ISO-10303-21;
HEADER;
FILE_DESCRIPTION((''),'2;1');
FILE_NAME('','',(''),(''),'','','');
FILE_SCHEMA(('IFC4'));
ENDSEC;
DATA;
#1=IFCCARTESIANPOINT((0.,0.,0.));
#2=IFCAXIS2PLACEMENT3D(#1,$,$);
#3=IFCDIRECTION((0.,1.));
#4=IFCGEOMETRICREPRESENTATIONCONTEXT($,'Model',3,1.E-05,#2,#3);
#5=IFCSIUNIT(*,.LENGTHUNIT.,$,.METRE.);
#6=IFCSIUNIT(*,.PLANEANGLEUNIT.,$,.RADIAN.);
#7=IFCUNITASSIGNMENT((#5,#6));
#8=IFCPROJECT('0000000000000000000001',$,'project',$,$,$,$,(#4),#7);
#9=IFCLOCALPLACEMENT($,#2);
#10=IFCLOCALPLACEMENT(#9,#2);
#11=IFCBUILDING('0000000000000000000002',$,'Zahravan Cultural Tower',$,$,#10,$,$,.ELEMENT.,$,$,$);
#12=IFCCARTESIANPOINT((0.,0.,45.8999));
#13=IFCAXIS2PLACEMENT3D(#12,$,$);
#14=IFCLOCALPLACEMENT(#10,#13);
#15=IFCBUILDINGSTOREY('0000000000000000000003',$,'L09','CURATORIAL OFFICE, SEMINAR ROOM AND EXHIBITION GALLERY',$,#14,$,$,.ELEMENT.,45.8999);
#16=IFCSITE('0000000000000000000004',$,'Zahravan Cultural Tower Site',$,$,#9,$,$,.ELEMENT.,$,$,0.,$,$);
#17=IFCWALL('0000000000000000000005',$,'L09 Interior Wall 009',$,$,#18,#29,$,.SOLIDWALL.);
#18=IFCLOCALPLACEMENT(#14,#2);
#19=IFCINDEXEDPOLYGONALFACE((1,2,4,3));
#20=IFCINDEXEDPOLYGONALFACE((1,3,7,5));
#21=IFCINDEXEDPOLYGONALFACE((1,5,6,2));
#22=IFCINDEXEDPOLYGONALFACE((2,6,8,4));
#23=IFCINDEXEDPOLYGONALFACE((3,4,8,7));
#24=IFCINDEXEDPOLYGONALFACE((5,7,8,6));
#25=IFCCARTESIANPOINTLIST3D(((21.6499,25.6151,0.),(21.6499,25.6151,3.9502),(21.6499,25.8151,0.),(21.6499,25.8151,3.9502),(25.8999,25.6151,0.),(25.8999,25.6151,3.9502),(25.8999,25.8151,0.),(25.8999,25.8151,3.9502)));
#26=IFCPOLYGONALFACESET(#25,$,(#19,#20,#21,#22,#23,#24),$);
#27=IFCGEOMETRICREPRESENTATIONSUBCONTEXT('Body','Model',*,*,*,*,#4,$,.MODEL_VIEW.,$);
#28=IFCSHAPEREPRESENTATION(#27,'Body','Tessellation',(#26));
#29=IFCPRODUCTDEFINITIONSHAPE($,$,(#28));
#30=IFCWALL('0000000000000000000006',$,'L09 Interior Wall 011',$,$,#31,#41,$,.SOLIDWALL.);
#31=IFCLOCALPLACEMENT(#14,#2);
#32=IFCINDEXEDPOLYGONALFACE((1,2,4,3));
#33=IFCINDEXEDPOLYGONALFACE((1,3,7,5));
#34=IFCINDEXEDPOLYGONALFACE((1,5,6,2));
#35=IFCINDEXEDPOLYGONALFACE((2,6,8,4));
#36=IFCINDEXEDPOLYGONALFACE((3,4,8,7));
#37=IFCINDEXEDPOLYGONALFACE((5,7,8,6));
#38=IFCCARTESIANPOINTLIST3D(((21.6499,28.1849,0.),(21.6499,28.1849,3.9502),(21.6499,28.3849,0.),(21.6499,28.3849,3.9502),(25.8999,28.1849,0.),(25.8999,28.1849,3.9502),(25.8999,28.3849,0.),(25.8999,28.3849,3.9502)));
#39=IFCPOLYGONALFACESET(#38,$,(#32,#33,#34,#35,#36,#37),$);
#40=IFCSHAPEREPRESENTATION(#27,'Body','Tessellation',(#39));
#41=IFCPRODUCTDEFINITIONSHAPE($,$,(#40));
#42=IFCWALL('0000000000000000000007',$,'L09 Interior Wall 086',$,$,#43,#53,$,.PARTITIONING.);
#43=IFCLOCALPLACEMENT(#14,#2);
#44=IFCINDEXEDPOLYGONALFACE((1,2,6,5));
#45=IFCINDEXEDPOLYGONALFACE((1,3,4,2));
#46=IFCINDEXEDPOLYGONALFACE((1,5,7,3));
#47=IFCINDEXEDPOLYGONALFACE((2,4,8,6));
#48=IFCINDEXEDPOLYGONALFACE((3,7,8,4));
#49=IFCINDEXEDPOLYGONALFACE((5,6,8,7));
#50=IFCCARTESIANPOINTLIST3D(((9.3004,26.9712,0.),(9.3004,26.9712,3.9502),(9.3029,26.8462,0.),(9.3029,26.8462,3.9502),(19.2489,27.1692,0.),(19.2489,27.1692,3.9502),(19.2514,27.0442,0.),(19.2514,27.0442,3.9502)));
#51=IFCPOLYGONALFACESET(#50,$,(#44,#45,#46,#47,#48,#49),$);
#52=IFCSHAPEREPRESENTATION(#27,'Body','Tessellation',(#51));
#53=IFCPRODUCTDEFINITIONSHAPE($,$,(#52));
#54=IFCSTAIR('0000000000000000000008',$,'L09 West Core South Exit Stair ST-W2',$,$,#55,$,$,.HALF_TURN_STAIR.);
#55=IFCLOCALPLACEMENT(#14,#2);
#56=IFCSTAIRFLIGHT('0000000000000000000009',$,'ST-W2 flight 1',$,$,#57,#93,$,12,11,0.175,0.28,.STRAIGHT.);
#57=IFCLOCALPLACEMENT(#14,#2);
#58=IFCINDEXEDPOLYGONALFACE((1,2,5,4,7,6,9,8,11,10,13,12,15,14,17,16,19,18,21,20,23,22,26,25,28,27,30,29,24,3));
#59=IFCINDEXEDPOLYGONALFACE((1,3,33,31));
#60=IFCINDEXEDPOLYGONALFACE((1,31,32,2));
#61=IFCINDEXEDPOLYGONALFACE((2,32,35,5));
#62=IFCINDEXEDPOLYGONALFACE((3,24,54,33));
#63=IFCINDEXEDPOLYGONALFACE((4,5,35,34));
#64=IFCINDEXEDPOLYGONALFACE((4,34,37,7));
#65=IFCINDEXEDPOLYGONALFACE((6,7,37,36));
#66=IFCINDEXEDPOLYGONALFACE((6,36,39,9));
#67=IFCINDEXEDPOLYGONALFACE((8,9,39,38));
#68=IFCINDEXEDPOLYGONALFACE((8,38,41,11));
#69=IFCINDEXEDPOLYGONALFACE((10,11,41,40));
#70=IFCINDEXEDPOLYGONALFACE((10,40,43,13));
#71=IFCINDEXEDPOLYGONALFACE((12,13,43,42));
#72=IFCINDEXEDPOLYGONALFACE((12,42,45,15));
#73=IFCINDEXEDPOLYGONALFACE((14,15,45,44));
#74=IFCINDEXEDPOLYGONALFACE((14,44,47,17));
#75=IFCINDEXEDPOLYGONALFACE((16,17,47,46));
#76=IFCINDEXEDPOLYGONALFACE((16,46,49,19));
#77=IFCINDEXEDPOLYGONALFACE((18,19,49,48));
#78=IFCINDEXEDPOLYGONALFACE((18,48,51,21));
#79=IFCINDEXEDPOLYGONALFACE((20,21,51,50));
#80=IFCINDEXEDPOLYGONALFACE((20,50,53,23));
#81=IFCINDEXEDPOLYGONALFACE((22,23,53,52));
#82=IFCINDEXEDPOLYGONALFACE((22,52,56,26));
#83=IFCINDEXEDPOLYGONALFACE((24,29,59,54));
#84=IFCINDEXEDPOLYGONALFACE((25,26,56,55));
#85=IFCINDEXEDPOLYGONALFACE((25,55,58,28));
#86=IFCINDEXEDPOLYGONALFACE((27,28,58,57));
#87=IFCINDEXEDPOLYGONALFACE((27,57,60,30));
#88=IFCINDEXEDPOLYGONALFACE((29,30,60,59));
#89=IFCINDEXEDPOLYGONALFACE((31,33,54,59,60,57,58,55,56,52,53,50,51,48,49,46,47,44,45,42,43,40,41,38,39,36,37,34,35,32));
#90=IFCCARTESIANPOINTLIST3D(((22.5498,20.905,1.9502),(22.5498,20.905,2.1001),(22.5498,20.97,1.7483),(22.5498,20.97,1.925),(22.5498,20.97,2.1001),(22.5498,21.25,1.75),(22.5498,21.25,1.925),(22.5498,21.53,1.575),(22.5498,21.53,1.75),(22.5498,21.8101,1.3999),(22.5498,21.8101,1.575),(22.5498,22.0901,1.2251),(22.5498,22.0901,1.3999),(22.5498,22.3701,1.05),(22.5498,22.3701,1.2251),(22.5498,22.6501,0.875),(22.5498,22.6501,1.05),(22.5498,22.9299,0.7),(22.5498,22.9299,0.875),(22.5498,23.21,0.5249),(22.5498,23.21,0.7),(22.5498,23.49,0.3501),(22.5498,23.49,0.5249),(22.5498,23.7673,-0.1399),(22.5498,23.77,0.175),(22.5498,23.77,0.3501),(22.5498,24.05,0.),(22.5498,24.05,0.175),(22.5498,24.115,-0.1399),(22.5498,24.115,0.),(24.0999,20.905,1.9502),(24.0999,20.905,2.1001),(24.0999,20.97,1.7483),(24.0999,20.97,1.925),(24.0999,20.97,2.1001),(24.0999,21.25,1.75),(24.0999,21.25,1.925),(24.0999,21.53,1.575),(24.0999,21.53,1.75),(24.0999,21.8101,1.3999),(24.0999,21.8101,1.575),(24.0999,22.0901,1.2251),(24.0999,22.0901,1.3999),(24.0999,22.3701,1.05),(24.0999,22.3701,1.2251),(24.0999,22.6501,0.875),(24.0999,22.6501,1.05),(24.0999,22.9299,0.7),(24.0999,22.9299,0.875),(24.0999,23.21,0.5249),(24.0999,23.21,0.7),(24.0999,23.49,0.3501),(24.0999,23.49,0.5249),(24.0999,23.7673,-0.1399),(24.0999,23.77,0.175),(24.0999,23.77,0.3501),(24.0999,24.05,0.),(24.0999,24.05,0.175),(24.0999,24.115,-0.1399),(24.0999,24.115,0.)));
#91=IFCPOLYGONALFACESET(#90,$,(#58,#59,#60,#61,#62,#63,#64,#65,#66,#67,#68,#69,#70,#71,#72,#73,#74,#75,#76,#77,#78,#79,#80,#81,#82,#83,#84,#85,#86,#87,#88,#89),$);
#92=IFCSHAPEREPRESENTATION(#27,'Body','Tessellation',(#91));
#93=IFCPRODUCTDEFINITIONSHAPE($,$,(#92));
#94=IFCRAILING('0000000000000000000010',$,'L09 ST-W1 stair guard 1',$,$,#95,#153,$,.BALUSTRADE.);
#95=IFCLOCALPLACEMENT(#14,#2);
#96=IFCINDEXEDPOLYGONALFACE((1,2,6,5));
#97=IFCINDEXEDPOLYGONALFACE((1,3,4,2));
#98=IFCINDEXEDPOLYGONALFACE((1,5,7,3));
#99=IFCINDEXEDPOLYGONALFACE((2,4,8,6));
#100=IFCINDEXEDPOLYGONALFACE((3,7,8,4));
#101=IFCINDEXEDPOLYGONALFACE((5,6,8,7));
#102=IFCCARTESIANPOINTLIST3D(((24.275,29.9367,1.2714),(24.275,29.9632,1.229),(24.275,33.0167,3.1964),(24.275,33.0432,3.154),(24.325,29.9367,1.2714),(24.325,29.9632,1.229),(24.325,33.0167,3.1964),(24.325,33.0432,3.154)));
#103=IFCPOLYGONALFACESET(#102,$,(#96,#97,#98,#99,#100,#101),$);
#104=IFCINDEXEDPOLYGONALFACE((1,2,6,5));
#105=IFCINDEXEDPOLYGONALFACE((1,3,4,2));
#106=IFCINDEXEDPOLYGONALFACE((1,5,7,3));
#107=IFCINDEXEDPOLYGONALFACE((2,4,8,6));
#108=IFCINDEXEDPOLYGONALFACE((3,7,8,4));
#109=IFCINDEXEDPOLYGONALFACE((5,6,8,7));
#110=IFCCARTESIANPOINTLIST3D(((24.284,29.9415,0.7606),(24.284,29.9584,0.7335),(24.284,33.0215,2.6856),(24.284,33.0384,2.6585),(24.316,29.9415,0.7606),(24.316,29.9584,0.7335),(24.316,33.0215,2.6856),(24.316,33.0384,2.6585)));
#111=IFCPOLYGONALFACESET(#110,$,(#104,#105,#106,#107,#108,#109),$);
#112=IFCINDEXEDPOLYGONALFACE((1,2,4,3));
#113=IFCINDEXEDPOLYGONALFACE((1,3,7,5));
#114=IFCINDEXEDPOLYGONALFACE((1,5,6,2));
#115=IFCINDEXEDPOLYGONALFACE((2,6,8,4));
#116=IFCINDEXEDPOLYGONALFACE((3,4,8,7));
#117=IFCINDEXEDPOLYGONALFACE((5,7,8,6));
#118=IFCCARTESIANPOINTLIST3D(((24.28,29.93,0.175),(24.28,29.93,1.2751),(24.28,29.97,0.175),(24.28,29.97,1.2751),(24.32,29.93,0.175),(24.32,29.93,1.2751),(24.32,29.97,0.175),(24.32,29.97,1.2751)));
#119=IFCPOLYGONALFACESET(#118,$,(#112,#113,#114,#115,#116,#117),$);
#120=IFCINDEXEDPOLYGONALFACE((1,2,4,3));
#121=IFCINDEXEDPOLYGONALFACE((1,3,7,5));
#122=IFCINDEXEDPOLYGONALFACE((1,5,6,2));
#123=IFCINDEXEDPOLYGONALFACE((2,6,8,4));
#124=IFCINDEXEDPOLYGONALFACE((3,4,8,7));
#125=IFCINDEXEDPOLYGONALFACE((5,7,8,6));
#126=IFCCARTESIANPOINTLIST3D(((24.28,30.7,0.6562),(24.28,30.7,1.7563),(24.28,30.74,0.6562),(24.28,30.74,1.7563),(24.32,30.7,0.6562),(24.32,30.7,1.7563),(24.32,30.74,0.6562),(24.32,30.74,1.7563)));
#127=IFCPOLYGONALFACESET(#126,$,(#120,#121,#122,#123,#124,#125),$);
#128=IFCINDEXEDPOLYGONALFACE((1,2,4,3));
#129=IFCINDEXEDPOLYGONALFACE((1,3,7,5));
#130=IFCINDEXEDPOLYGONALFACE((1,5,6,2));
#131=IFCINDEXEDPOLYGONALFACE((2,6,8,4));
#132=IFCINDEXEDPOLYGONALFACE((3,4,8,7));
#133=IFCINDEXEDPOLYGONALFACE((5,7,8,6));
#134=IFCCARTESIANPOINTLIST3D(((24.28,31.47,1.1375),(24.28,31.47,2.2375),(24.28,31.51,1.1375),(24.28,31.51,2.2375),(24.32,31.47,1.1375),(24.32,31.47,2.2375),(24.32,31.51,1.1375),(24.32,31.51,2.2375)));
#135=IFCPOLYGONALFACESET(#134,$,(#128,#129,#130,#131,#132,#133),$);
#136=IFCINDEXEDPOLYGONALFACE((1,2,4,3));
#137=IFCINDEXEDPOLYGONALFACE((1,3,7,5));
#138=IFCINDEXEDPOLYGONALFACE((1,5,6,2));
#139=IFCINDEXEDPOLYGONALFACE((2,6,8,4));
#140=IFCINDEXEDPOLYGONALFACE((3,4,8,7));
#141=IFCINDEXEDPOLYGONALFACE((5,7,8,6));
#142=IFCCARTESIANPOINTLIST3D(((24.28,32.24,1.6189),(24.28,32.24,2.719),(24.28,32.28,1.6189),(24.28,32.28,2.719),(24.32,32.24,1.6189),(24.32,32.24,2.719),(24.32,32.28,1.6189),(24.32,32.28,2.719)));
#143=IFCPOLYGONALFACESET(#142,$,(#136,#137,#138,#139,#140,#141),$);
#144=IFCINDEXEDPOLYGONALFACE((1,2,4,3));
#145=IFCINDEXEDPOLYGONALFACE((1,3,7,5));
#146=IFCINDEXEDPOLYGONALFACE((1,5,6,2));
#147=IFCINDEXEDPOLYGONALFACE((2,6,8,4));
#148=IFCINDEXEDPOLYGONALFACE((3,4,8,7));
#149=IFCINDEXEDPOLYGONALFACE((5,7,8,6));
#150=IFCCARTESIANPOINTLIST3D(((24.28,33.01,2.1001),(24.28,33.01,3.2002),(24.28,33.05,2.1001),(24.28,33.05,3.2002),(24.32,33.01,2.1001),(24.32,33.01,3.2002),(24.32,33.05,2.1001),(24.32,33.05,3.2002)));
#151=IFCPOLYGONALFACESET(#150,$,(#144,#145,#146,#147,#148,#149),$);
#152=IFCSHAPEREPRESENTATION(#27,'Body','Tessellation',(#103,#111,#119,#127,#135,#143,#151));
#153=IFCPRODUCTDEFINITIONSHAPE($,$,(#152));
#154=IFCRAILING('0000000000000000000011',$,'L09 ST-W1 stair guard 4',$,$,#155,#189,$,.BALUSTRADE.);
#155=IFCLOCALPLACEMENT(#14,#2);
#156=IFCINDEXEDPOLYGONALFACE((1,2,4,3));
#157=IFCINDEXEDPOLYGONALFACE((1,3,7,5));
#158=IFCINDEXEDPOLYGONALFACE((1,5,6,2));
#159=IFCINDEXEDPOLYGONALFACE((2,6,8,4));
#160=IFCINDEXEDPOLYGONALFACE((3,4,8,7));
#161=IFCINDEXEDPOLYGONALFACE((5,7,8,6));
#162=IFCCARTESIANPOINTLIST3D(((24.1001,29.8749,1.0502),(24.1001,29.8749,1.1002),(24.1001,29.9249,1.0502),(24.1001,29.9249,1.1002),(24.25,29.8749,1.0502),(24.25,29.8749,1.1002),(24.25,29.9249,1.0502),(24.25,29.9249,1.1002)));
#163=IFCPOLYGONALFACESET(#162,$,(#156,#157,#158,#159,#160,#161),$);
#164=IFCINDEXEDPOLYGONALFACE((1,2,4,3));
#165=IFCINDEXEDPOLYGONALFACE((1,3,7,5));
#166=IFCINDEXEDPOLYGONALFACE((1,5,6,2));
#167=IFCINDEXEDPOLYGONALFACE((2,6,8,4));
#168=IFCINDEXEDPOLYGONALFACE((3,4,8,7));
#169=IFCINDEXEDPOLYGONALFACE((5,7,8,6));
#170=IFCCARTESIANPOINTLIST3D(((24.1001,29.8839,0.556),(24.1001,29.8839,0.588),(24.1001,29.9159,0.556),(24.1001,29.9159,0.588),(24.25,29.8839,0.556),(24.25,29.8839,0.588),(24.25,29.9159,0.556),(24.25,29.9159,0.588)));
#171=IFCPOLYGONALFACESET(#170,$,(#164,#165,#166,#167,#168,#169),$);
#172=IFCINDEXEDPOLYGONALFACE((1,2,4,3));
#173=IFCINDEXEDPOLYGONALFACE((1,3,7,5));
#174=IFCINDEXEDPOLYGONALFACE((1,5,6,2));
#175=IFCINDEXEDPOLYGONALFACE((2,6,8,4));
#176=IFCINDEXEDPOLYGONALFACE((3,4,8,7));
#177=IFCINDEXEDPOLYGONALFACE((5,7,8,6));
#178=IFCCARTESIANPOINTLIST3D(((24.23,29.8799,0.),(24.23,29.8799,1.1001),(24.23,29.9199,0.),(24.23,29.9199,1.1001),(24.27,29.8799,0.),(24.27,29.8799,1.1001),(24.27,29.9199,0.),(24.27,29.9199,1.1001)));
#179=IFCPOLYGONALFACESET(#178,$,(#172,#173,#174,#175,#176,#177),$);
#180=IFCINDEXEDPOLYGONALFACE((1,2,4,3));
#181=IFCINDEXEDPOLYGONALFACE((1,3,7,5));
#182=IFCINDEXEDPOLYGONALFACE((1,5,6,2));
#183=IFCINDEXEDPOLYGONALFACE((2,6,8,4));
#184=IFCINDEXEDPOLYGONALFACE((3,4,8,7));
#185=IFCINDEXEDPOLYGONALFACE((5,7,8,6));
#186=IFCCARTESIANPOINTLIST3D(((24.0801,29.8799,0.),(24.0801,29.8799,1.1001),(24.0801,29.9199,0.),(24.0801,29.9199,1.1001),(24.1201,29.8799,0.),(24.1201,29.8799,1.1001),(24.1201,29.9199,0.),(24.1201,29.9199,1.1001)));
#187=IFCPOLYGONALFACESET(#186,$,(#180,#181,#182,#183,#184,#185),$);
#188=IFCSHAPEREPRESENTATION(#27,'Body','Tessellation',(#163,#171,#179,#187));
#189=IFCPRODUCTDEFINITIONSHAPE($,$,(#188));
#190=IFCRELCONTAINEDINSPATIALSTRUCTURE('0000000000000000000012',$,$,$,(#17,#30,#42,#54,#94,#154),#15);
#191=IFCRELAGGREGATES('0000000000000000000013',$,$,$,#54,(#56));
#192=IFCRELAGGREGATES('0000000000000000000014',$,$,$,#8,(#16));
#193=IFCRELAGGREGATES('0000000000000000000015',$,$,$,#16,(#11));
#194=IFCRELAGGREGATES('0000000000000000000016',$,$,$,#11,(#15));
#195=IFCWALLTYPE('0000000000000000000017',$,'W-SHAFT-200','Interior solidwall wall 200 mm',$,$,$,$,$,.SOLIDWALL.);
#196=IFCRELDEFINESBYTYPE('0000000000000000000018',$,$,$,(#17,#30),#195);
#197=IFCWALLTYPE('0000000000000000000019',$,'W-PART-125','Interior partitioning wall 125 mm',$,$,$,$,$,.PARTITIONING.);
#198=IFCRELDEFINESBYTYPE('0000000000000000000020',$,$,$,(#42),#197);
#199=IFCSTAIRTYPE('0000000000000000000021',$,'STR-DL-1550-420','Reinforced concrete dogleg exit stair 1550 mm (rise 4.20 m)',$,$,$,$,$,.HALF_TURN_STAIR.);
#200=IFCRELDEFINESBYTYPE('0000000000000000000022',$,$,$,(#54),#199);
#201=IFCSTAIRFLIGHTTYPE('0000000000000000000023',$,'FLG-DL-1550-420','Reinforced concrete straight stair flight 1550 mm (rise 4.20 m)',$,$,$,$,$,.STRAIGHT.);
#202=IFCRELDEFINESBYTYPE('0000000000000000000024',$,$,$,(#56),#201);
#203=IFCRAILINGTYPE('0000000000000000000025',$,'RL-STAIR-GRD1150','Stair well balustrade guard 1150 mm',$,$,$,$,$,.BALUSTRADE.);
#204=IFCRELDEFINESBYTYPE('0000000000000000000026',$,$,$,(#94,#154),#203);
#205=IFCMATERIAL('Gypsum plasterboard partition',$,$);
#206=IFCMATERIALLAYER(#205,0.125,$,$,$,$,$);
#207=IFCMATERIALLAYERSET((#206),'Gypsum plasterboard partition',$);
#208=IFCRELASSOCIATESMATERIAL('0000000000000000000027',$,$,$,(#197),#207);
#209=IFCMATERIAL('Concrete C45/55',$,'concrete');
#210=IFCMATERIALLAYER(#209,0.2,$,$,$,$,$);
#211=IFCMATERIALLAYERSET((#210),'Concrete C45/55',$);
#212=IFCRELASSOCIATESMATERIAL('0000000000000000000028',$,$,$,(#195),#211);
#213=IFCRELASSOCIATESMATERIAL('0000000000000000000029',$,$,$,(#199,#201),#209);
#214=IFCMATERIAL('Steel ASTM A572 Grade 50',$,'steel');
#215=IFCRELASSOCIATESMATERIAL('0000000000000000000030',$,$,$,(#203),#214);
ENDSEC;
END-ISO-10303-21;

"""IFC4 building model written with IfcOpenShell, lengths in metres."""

from ifc_helpers import new_model, si_unit, direction, frame, frame_2d, origin, origin_2d, place, context, subcontext, project, spatial, polyline, rectangle, outline, extrude, source, transform, mapped, material, layer, layer_set, type_object, element, aggregate, save


model = new_model("IFC4")

# Units and contexts
model_context = context("Model", 3, precision=1e-05, world=origin(), true_north=direction((0.0, 1.0)))
body_context = subcontext(model_context, "Body", "Model", "MODEL_VIEW")
ifc_project = project(units=[si_unit("LENGTHUNIT", "METRE"), si_unit("PLANEANGLEUNIT", "RADIAN")], contexts=[model_context])

# Site, building, storey
site_placement = place(None, origin())
site = spatial("IfcSite", under=ifc_project, at=site_placement, Name="Zahravan Cultural Tower Site", CompositionType="ELEMENT", RefElevation=0.0)
building_placement = place(site_placement, origin())
building = spatial("IfcBuilding", under=site, at=building_placement, Name="Zahravan Cultural Tower", CompositionType="ELEMENT")
storey_placement = place(building_placement, frame((0.0, 0.0, 45.8999)))
storey = spatial("IfcBuildingStorey", under=building, at=storey_placement, Name="L09", Description="CURATORIAL OFFICE, SEMINAR ROOM AND EXHIBITION GALLERY", CompositionType="ELEMENT", Elevation=45.8999)

# Shared definitions
ifc_material_1 = material(Name="Steel ASTM A572 Grade 50", Category="steel")

# Shared definitions
ifc_material_2 = material(Name="Gypsum plasterboard partition")
ifc_layer_1 = layer(ifc_material_2, 0.125)
ifc_layer_set_1 = layer_set([ifc_layer_1], Name="Gypsum plasterboard partition")
wall_type_1 = type_object("IfcWallType", Name="W-PART-125", Description="Interior partitioning wall 125 mm", PredefinedType="PARTITIONING", material=ifc_layer_set_1)

# Walls
ifc_material_3 = material(Name="Concrete C45/55", Category="concrete")
ifc_layer_2 = layer(ifc_material_3, 0.2)
ifc_layer_set_2 = layer_set([ifc_layer_2], Name="Concrete C45/55")
wall_type_2 = type_object("IfcWallType", Name="W-SHAFT-200", Description="Interior solidwall wall 200 mm", PredefinedType="SOLIDWALL", material=ifc_layer_set_2)
shared_shape_1 = source(origin(), body_context, "Body", "SweptSolid", [
    extrude(rectangle(XDim=4.25, YDim=0.2, at=frame_2d((2.125, 0.0))), origin(), (0.0, 0.0, 1.0), 3.9502),
])
for number, where, z_axis, x_axis, name in (
    (1, (21.6499, 25.7151, 0.0), (0.0, 0.0, 1.0), (1.0, 0.0, 0.0), "L09 Interior Wall 009"),
    (2, (21.6499, 28.2849, 0.0), (0.0, 0.0, 1.0), (1.0, 0.0, 0.0), "L09 Interior Wall 011"),
):
    element("IfcWall", number, at=place(storey_placement, frame(where, z_axis=z_axis, x_axis=x_axis)), inside=storey, type_object=wall_type_2, Name=name, PredefinedType="SOLIDWALL", context=body_context, shape_type="MappedRepresentation", body=[
        mapped(shared_shape_1, transform((0.0, 0.0, 0.0), x_axis=(1.0, 0.0, 0.0), y_axis=(0.0, 1.0, 0.0), z_axis=(0.0, 0.0, 1.0), scale=1.0)),
    ])
shared_shape_2 = source(origin(), body_context, "Body", "SweptSolid", [
    extrude(rectangle(XDim=9.9504, YDim=0.125, at=frame_2d((4.9751, 0.0))), origin(), (0.0, 0.0, 1.0), 3.9502),
])
wall_1_placement = place(storey_placement, frame((19.25, 27.1067, 0.0), z_axis=(0.0, 0.0, 1.0), x_axis=(-0.999802, -0.019898, 0.0)))
element("IfcWall", 3, at=wall_1_placement, inside=storey, type_object=wall_type_1, Name="L09 Interior Wall 086", PredefinedType="PARTITIONING", context=body_context, shape_type="MappedRepresentation", body=[
    mapped(shared_shape_2, transform((0.0, 0.0, 0.0), x_axis=(1.0, 0.0, 0.0), y_axis=(0.0, 1.0, 0.0), z_axis=(0.0, 0.0, 1.0), scale=1.0)),
])

# Stair, stair flight
stair_type = type_object("IfcStairType", Name="STR-DL-1550-420", Description="Reinforced concrete dogleg exit stair 1550 mm (rise 4.20 m)", PredefinedType="HALF_TURN_STAIR", material=ifc_material_3)
stair_placement = place(storey_placement, origin())
stair = element("IfcStair", 4, at=stair_placement, inside=storey, type_object=stair_type, Name="L09 West Core South Exit Stair ST-W2", PredefinedType="HALF_TURN_STAIR")
stair_flight_type = type_object("IfcStairFlightType", Name="FLG-DL-1550-420", Description="Reinforced concrete straight stair flight 1550 mm (rise 4.20 m)", PredefinedType="STRAIGHT", material=ifc_material_3)
stair_flight_placement = place(storey_placement, frame((23.325, 24.05, 0.0), z_axis=(0.0, 0.0, 1.0), x_axis=(0.0, -1.0, 0.0)))
stair_flight = element("IfcStairFlight", 5, at=stair_flight_placement, type_object=stair_flight_type, Name="ST-W2 flight 1", NumberOfRisers=12, NumberOfTreads=11, PredefinedType="STRAIGHT", RiserHeight=0.175, TreadLength=0.28, context=body_context, shape_type="SweptSolid", body=[
    extrude(outline(polyline([(-0.0649, -0.1399), (-0.0649, 0.0), (0.0, 0.0), (0.0, 0.175), (0.28, 0.175), (0.28, 0.3501), (0.5601, 0.3501), (0.5601, 0.5249), (0.8401, 0.5249), (0.8401, 0.7), (1.1201, 0.7), (1.1201, 0.875), (1.3999, 0.875), (1.3999, 1.05), (1.6799, 1.05), (1.6799, 1.2251), (1.96, 1.2251), (1.96, 1.3999), (2.24, 1.3999), (2.24, 1.575), (2.52, 1.575), (2.52, 1.75), (2.8, 1.75), (2.8, 1.925), (3.0801, 1.925), (3.0801, 2.1001), (3.145, 2.1001), (3.145, 1.9502), (3.0801, 1.7483), (0.2827, -0.1399), (-0.0649, -0.1399)])), frame((0.0, 0.7749, 0.0), z_axis=(0.0, -1.0, 0.0), x_axis=(1.0, 0.0, 0.0)), (0.0, 0.0, 1.0), 1.55),
])
aggregate(stair, [stair_flight])

# Railings
railing_type_1 = type_object("IfcRailingType", Name="RL-STAIR-GRD1150", Description="Stair well balustrade guard 1150 mm", PredefinedType="BALUSTRADE", material=ifc_material_1)
railing_1_placement = place(storey_placement, frame((24.3, 29.95, 0.175)))
element("IfcRailing", 6, at=railing_1_placement, inside=storey, type_object=railing_type_1, Name="L09 ST-W1 stair guard 1", PredefinedType="BALUSTRADE", context=body_context, shape_type="SweptSolid", body=[
    extrude(rectangle(XDim=0.05, YDim=0.05, at=origin_2d()), frame((0.0, 0.0, 1.0752), z_axis=(0.0, 0.847998, 0.529999), x_axis=(-1.0, 0.0, 0.0)), (0.0, 0.0, 1.0), 3.6321),
    extrude(rectangle(XDim=0.032, YDim=0.032, at=origin_2d()), frame((0.0, 0.0, 0.572), z_axis=(0.0, 0.847998, 0.529999), x_axis=(-1.0, 0.0, 0.0)), (0.0, 0.0, 1.0), 3.6321),
    extrude(rectangle(XDim=0.04, YDim=0.04, at=origin_2d()), origin(), (0.0, 0.0, 1.0), 1.1001),
    extrude(rectangle(XDim=0.04, YDim=0.04, at=origin_2d()), frame((0.0, 0.77, 0.4812)), (0.0, 0.0, 1.0), 1.1001),
    extrude(rectangle(XDim=0.04, YDim=0.04, at=origin_2d()), frame((0.0, 1.54, 0.9624)), (0.0, 0.0, 1.0), 1.1001),
    extrude(rectangle(XDim=0.04, YDim=0.04, at=origin_2d()), frame((0.0, 2.3101, 1.4438)), (0.0, 0.0, 1.0), 1.1001),
    extrude(rectangle(XDim=0.04, YDim=0.04, at=origin_2d()), frame((0.0, 3.0801, 1.925)), (0.0, 0.0, 1.0), 1.1001),
])
railing_2_placement = place(storey_placement, frame((24.25, 29.8999, 0.0)))
element("IfcRailing", 7, at=railing_2_placement, inside=storey, type_object=railing_type_1, Name="L09 ST-W1 stair guard 4", PredefinedType="BALUSTRADE", context=body_context, shape_type="SweptSolid", body=[
    extrude(rectangle(XDim=0.05, YDim=0.05, at=origin_2d()), frame((0.0, 0.0, 1.0752), z_axis=(-1.0, 0.0, 0.0), x_axis=(0.0, -1.0, 0.0)), (0.0, 0.0, 1.0), 0.1499),
    extrude(rectangle(XDim=0.032, YDim=0.032, at=origin_2d()), frame((0.0, 0.0, 0.572), z_axis=(-1.0, 0.0, 0.0), x_axis=(0.0, -1.0, 0.0)), (0.0, 0.0, 1.0), 0.1499),
    extrude(rectangle(XDim=0.04, YDim=0.04, at=origin_2d()), origin(), (0.0, 0.0, 1.0), 1.1001),
    extrude(rectangle(XDim=0.04, YDim=0.04, at=origin_2d()), frame((-0.1499, 0.0, 0.0)), (0.0, 0.0, 1.0), 1.1001),
])

save(model, "model.ifc")
